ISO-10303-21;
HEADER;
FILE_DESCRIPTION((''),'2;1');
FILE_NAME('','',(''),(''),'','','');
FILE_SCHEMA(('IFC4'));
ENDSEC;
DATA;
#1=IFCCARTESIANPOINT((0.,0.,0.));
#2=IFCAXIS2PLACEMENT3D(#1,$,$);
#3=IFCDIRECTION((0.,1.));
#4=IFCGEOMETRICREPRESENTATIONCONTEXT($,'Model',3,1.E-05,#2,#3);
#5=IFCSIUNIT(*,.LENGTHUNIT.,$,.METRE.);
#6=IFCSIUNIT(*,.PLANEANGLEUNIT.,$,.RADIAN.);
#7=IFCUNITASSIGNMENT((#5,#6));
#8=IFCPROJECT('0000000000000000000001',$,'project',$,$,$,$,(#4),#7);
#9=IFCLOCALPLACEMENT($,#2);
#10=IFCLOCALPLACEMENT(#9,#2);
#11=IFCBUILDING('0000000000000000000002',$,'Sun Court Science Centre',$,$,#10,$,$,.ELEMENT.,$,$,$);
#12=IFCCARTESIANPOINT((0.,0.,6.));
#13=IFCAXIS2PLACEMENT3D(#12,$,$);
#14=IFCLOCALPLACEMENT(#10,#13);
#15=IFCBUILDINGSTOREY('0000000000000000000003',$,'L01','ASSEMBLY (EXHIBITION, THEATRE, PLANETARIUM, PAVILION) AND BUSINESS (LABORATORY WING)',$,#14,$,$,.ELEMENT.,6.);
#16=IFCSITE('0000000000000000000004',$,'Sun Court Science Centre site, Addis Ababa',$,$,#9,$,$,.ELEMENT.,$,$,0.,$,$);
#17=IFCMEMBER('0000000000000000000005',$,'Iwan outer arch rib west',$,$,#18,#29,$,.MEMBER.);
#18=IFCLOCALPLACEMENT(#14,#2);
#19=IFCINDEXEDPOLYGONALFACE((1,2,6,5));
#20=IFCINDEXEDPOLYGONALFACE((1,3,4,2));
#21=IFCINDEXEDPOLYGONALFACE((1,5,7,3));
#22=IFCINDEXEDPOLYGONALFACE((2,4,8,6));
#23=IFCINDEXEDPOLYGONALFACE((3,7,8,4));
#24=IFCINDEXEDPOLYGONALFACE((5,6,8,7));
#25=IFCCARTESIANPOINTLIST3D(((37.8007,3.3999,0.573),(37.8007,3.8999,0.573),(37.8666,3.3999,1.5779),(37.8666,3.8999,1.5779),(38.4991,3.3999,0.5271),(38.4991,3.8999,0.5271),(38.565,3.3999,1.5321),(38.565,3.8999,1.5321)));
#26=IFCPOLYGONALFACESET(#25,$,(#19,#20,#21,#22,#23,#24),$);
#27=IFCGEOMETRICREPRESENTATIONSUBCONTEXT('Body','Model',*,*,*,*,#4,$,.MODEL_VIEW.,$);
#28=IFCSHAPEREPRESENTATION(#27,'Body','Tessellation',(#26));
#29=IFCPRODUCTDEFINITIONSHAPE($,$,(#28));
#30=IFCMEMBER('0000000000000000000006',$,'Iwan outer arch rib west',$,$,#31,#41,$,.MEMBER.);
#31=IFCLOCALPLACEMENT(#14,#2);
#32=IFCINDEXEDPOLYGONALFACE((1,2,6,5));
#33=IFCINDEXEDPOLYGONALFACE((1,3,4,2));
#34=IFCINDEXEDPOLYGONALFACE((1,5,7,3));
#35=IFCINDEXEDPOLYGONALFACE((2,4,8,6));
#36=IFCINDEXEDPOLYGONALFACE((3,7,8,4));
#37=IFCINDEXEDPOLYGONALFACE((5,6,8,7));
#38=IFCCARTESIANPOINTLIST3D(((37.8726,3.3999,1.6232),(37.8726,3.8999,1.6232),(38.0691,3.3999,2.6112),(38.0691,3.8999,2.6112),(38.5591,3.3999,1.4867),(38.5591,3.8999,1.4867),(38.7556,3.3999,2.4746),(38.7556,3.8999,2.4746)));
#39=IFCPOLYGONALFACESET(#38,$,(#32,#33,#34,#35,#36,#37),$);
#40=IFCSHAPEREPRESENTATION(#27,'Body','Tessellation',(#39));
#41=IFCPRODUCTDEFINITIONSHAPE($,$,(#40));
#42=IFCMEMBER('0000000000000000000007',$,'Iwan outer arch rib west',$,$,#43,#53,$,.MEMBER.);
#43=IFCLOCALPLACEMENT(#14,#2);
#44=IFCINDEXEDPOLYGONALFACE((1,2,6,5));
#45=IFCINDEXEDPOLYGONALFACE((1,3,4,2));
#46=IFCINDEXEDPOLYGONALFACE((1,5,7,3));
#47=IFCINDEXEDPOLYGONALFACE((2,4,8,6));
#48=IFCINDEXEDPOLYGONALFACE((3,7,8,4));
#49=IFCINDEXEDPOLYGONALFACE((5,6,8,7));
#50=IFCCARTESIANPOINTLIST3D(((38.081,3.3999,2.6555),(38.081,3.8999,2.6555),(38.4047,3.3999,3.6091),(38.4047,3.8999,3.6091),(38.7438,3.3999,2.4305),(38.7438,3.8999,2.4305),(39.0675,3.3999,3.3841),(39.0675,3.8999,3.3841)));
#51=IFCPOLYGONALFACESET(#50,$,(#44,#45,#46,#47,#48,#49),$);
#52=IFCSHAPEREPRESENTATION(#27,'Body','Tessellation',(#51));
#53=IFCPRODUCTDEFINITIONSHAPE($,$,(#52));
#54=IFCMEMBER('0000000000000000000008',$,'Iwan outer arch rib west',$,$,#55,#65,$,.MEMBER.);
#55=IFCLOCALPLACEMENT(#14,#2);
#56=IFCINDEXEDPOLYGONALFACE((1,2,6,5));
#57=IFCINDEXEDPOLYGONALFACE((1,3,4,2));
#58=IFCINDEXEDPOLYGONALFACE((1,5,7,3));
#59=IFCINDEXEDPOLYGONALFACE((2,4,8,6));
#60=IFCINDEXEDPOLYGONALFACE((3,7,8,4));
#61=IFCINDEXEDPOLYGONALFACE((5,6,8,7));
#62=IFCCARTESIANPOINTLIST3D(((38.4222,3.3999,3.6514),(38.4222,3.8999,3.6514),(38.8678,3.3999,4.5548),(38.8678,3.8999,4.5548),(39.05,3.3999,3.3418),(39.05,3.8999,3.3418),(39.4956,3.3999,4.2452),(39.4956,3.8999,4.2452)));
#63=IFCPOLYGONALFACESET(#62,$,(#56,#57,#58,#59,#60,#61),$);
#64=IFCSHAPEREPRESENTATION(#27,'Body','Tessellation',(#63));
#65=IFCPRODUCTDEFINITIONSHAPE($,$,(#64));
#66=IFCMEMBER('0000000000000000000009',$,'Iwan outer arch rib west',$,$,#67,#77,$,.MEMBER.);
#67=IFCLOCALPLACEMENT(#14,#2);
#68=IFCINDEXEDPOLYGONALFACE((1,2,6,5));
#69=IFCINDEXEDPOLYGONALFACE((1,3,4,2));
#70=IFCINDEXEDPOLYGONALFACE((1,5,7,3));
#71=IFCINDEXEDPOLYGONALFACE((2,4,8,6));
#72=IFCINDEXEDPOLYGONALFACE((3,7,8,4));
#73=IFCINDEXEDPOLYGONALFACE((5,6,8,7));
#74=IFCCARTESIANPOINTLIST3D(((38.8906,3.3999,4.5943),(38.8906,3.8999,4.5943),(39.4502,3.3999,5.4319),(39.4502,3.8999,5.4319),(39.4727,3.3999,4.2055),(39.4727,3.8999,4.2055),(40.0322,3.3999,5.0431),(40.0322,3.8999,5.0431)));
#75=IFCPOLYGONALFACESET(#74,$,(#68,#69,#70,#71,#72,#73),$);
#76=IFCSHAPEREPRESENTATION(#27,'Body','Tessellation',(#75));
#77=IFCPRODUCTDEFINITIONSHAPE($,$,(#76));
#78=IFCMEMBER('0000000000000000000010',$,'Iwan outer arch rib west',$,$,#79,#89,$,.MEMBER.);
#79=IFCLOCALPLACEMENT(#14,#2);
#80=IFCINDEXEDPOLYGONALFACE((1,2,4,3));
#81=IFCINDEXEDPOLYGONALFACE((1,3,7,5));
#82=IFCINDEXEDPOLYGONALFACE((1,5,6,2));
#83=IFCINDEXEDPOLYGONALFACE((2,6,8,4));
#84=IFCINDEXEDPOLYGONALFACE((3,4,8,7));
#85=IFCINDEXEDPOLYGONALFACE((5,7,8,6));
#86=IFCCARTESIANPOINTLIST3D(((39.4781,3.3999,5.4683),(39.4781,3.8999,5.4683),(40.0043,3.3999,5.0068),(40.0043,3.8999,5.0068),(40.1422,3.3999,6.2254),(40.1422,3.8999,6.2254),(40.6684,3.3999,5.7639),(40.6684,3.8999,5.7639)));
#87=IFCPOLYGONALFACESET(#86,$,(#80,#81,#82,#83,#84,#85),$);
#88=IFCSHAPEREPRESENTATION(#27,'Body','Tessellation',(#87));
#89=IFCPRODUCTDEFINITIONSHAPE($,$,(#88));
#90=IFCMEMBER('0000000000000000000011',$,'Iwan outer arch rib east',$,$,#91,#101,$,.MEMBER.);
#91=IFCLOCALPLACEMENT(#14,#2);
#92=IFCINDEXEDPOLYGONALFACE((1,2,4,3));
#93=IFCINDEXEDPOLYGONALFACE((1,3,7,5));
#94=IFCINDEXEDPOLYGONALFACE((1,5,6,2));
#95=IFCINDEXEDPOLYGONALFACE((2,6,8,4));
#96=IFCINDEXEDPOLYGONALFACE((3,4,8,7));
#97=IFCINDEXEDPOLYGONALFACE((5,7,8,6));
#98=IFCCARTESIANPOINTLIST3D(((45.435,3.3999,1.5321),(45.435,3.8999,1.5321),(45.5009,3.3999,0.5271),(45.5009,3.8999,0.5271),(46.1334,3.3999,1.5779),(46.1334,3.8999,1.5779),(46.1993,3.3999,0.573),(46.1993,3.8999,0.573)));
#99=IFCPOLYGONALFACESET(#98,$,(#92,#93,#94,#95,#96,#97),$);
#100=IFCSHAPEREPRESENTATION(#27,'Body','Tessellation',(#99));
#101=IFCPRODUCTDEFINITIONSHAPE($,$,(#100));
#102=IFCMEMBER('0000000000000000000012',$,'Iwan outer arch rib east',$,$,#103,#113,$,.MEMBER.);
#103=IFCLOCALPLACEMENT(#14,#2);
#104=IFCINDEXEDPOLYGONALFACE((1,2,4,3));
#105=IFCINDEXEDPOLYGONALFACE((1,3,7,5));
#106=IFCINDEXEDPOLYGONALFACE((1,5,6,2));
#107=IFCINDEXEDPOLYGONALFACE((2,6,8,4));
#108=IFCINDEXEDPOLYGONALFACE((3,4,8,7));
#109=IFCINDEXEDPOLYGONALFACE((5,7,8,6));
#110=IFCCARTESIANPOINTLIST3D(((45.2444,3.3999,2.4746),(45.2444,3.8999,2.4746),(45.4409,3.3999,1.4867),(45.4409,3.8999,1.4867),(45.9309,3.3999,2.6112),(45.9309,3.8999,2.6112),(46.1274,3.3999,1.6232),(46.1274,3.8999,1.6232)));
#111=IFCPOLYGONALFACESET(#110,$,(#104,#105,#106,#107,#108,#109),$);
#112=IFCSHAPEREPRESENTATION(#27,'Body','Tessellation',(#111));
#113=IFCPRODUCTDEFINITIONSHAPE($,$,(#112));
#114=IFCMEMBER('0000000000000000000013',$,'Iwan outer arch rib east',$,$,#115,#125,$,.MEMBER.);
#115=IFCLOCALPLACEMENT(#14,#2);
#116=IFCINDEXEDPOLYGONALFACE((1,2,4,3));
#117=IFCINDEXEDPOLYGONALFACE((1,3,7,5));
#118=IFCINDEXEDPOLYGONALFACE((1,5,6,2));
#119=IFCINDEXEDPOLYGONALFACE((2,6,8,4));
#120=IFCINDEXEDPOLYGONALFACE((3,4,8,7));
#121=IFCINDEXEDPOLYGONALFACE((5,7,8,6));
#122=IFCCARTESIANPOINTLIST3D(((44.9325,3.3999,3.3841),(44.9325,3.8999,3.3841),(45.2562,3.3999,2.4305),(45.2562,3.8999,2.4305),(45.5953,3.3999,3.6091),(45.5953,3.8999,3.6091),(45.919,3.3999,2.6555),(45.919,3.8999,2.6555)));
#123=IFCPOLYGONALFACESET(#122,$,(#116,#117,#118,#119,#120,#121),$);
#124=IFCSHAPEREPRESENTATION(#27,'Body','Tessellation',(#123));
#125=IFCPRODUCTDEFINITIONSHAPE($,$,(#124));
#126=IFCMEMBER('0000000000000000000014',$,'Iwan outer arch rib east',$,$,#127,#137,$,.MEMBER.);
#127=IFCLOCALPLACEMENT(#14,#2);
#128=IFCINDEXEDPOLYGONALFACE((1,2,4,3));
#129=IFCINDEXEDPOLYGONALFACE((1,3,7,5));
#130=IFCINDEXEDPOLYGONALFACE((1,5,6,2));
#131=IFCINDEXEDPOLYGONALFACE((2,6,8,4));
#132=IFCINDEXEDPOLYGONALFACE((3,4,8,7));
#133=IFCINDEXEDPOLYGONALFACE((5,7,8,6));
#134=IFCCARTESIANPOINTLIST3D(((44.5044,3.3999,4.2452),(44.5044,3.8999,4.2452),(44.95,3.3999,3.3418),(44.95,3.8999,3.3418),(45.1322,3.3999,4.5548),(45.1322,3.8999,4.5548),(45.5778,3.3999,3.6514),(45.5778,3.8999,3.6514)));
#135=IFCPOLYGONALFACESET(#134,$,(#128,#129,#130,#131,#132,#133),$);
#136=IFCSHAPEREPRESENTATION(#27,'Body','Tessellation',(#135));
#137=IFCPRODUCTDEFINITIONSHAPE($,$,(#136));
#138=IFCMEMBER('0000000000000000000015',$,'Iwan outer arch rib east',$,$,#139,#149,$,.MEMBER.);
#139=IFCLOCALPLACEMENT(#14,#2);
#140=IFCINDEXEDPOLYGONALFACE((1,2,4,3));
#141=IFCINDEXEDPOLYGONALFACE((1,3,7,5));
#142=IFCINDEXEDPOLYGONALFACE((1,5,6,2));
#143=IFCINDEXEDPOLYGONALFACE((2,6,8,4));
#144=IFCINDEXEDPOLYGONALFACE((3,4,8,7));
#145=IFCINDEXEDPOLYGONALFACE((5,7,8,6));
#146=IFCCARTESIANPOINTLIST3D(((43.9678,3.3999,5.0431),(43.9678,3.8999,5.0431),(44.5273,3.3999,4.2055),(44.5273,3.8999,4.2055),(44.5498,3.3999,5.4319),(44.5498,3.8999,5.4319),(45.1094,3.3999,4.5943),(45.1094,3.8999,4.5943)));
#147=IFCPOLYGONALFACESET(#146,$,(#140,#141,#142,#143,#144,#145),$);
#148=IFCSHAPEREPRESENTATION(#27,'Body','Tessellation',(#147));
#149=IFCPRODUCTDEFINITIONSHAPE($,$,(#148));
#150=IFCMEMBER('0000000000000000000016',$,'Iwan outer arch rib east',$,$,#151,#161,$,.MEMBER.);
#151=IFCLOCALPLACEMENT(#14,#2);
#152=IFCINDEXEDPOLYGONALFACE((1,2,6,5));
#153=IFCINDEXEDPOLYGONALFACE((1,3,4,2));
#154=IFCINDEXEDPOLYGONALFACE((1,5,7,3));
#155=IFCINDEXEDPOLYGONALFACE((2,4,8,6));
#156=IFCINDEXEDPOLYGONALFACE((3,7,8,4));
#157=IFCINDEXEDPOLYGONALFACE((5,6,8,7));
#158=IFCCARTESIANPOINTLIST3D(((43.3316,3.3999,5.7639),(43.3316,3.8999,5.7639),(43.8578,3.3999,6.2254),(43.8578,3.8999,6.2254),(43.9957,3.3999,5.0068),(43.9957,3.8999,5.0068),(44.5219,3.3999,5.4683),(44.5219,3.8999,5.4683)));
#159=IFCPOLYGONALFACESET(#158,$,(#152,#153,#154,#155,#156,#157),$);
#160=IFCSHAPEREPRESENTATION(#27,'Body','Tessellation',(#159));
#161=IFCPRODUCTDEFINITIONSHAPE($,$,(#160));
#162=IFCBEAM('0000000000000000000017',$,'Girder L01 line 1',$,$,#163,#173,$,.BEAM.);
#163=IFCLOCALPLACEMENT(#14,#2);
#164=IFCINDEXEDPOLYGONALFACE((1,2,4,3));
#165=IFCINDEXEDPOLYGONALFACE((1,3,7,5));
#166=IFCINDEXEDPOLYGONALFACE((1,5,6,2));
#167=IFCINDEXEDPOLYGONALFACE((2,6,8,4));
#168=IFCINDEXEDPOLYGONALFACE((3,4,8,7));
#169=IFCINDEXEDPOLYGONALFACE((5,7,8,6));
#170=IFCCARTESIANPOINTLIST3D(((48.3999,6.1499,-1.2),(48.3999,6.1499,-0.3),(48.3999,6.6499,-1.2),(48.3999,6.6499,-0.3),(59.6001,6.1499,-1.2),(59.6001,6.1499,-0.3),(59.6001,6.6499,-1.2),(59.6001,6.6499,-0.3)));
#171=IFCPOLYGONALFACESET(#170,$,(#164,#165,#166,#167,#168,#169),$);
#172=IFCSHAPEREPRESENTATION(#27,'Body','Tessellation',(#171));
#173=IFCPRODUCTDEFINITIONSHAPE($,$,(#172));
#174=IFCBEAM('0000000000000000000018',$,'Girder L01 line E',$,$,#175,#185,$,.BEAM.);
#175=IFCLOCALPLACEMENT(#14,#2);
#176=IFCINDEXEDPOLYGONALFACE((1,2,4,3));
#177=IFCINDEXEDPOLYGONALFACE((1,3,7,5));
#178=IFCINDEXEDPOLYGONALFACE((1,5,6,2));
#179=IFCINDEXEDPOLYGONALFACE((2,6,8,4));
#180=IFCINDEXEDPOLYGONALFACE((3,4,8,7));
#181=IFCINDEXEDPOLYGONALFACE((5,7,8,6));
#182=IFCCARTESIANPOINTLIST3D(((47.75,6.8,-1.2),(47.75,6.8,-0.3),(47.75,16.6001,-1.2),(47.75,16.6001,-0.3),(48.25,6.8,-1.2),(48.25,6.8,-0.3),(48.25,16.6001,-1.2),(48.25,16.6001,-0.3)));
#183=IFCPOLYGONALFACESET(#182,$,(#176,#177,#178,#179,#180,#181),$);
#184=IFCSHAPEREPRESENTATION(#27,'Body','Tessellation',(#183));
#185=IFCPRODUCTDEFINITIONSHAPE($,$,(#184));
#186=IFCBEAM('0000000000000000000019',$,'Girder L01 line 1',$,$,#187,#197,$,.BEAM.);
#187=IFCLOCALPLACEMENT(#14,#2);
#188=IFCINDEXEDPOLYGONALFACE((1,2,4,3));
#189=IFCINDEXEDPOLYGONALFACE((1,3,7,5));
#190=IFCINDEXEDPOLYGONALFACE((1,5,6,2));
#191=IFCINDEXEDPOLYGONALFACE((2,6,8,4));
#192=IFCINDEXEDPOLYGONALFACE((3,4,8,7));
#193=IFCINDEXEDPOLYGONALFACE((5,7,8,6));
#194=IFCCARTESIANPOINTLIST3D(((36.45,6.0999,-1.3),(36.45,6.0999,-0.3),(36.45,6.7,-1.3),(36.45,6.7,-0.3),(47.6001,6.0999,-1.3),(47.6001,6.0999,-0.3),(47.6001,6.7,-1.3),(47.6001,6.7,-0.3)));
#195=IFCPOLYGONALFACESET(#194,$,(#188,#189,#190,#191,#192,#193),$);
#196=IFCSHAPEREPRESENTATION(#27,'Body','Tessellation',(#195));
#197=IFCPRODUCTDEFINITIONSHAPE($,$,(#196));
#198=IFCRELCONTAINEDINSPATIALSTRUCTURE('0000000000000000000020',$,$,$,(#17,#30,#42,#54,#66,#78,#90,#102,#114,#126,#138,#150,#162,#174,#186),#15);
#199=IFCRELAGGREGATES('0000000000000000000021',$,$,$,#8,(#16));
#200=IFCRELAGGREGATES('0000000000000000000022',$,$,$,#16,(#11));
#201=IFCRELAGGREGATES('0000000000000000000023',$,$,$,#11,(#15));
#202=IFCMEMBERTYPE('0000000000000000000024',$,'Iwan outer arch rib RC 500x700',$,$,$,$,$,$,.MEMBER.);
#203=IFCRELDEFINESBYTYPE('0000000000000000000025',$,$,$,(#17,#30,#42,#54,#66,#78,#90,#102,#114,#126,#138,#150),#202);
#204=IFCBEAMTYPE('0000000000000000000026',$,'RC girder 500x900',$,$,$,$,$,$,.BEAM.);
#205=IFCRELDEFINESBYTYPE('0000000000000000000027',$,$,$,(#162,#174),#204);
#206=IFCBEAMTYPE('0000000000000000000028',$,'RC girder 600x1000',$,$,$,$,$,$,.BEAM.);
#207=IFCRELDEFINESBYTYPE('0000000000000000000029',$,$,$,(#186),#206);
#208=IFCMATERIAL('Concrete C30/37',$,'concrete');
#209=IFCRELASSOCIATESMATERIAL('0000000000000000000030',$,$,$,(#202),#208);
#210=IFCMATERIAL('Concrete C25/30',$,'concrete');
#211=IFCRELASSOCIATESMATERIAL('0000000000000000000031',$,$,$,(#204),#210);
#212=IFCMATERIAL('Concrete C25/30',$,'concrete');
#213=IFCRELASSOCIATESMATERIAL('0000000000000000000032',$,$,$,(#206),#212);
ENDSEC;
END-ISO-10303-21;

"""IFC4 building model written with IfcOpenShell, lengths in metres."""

from ifc_helpers import new_model, si_unit, direction, frame, origin, origin_2d, place, context, subcontext, project, spatial, rectangle, extrude, material, material_profile, profile_set, type_object, element, save


model = new_model("IFC4")

# Units and contexts
model_context = context("Model", 3, precision=1e-05, world=origin(), true_north=direction((0.0, 1.0)))
body_context = subcontext(model_context, "Body", "Model", "MODEL_VIEW")
ifc_project = project(units=[si_unit("LENGTHUNIT", "METRE"), si_unit("PLANEANGLEUNIT", "RADIAN")], contexts=[model_context])

# Site, building, storey
site_placement = place(None, origin())
site = spatial("IfcSite", under=ifc_project, at=site_placement, Name="Sun Court Science Centre site, Addis Ababa", CompositionType="ELEMENT", RefElevation=0.0)
building_placement = place(site_placement, origin())
building = spatial("IfcBuilding", under=site, at=building_placement, Name="Sun Court Science Centre", CompositionType="ELEMENT")
storey_placement = place(building_placement, frame((0.0, 0.0, 6.0)))
storey = spatial("IfcBuildingStorey", under=building, at=storey_placement, Name="L01", Description="ASSEMBLY (EXHIBITION, THEATRE, PLANETARIUM, PAVILION) AND BUSINESS (LABORATORY WING)", CompositionType="ELEMENT", Elevation=6.0)

# Members
ifc_material_1 = material(Name="Concrete C30/37", Category="concrete")
ifc_material_profile_1 = material_profile(ifc_material_1, rectangle(XDim=0.5, YDim=0.7, at=origin_2d()), Name="RC 500x700")
ifc_profile_set_1 = profile_set([ifc_material_profile_1], Name="Concrete C30/37")
member_type_1 = type_object("IfcMemberType", Name="Iwan outer arch rib RC 500x700", PredefinedType="MEMBER", material=ifc_profile_set_1)
member_1_placement = place(storey_placement, frame((38.1499, 3.6499, 0.55), z_axis=(0.065457, 0.0, 0.997855), x_axis=(0.0, 1.0, 0.0)))
element("IfcMember", 1, at=member_1_placement, inside=storey, type_object=member_type_1, Name="Iwan outer arch rib west", PredefinedType="MEMBER", context=body_context, shape_type="SweptSolid", body=[
    extrude(rectangle(XDim=0.5, YDim=0.7, at=origin_2d()), origin(), (0.0, 0.0, 1.0), 1.0071),
])
member_2_placement = place(storey_placement, frame((38.2158, 3.6499, 1.5549), z_axis=(0.195091, 0.0, 0.980785), x_axis=(0.0, 1.0, 0.0)))
element("IfcMember", 2, at=member_2_placement, inside=storey, type_object=member_type_1, Name="Iwan outer arch rib west", PredefinedType="MEMBER", context=body_context, shape_type="SweptSolid", body=[
    extrude(rectangle(XDim=0.5, YDim=0.7, at=origin_2d()), origin(), (0.0, 0.0, 1.0), 1.0073),
])
member_3_placement = place(storey_placement, frame((38.4124, 3.6499, 2.543), z_axis=(0.321459, 0.0, 0.946923), x_axis=(0.0, 1.0, 0.0)))
element("IfcMember", 3, at=member_3_placement, inside=storey, type_object=member_type_1, Name="Iwan outer arch rib west", PredefinedType="MEMBER", context=body_context, shape_type="SweptSolid", body=[
    extrude(rectangle(XDim=0.5, YDim=0.7, at=origin_2d()), origin(), (0.0, 0.0, 1.0), 1.0071),
])
for number, where, z_axis, x_axis, name in (
    (4, (38.7361, 3.6499, 3.4966), (0.442359, 0.0, 0.896838), (0.0, 1.0, 0.0), "Iwan outer arch rib west"),
    (5, (39.1816, 3.6499, 4.3999), (0.555483, 0.0, 0.831528), (0.0, 1.0, 0.0), "Iwan outer arch rib west"),
):
    element("IfcMember", number, at=place(storey_placement, frame(where, z_axis=z_axis, x_axis=x_axis)), inside=storey, type_object=member_type_1, Name=name, PredefinedType="MEMBER", context=body_context, shape_type="SweptSolid", body=[
        extrude(rectangle(XDim=0.5, YDim=0.7, at=origin_2d()), origin(), (0.0, 0.0, 1.0), 1.0073),
    ])
for number, where, z_axis, x_axis, name in (
    (6, (39.7412, 3.6499, 5.2375), (0.659414, 0.0, 0.75178), (0.0, 1.0, 0.0), "Iwan outer arch rib west"),
    (7, (45.8501, 3.6499, 0.55), (-0.065457, 0.0, 0.997855), (0.0, -1.0, 0.0), "Iwan outer arch rib east"),
):
    element("IfcMember", number, at=place(storey_placement, frame(where, z_axis=z_axis, x_axis=x_axis)), inside=storey, type_object=member_type_1, Name=name, PredefinedType="MEMBER", context=body_context, shape_type="SweptSolid", body=[
        extrude(rectangle(XDim=0.5, YDim=0.7, at=origin_2d()), origin(), (0.0, 0.0, 1.0), 1.0071),
    ])
member_4_placement = place(storey_placement, frame((45.7842, 3.6499, 1.5549), z_axis=(-0.195091, 0.0, 0.980785), x_axis=(0.0, -1.0, 0.0)))
element("IfcMember", 8, at=member_4_placement, inside=storey, type_object=member_type_1, Name="Iwan outer arch rib east", PredefinedType="MEMBER", context=body_context, shape_type="SweptSolid", body=[
    extrude(rectangle(XDim=0.5, YDim=0.7, at=origin_2d()), origin(), (0.0, 0.0, 1.0), 1.0073),
])
member_5_placement = place(storey_placement, frame((45.5876, 3.6499, 2.543), z_axis=(-0.321459, 0.0, 0.946923), x_axis=(0.0, -1.0, 0.0)))
element("IfcMember", 9, at=member_5_placement, inside=storey, type_object=member_type_1, Name="Iwan outer arch rib east", PredefinedType="MEMBER", context=body_context, shape_type="SweptSolid", body=[
    extrude(rectangle(XDim=0.5, YDim=0.7, at=origin_2d()), origin(), (0.0, 0.0, 1.0), 1.0071),
])
for number, where, z_axis, x_axis, name in (
    (10, (45.2639, 3.6499, 3.4966), (-0.442359, 0.0, 0.896838), (0.0, -1.0, 0.0), "Iwan outer arch rib east"),
    (11, (44.8184, 3.6499, 4.3999), (-0.555483, 0.0, 0.831528), (0.0, -1.0, 0.0), "Iwan outer arch rib east"),
):
    element("IfcMember", number, at=place(storey_placement, frame(where, z_axis=z_axis, x_axis=x_axis)), inside=storey, type_object=member_type_1, Name=name, PredefinedType="MEMBER", context=body_context, shape_type="SweptSolid", body=[
        extrude(rectangle(XDim=0.5, YDim=0.7, at=origin_2d()), origin(), (0.0, 0.0, 1.0), 1.0073),
    ])
member_6_placement = place(storey_placement, frame((44.2588, 3.6499, 5.2375), z_axis=(-0.659414, 0.0, 0.75178), x_axis=(0.0, -1.0, 0.0)))
element("IfcMember", 12, at=member_6_placement, inside=storey, type_object=member_type_1, Name="Iwan outer arch rib east", PredefinedType="MEMBER", context=body_context, shape_type="SweptSolid", body=[
    extrude(rectangle(XDim=0.5, YDim=0.7, at=origin_2d()), origin(), (0.0, 0.0, 1.0), 1.0071),
])

# Beams
ifc_material_2 = material(Name="Concrete C25/30", Category="concrete")
ifc_material_profile_2 = material_profile(ifc_material_2, rectangle(XDim=0.5, YDim=0.8999, at=origin_2d()), Name="RC 500x900")
ifc_profile_set_2 = profile_set([ifc_material_profile_2], Name="Concrete C25/30")
beam_type_1 = type_object("IfcBeamType", Name="RC girder 500x900", PredefinedType="BEAM", material=ifc_profile_set_2)
beam_1_placement = place(storey_placement, frame((48.3999, 6.3999, -0.75), z_axis=(1.0, 0.0, 0.0), x_axis=(0.0, 1.0, 0.0)))
element("IfcBeam", 13, at=beam_1_placement, inside=storey, type_object=beam_type_1, Name="Girder L01 line 1", PredefinedType="BEAM", context=body_context, shape_type="SweptSolid", body=[
    extrude(rectangle(XDim=0.5, YDim=0.8999, at=origin_2d()), origin(), (0.0, 0.0, 1.0), 11.2002),
])
beam_2_placement = place(storey_placement, frame((48.0, 6.8, -0.75), z_axis=(0.0, 1.0, 0.0), x_axis=(-1.0, 0.0, 0.0)))
element("IfcBeam", 14, at=beam_2_placement, inside=storey, type_object=beam_type_1, Name="Girder L01 line E", PredefinedType="BEAM", context=body_context, shape_type="SweptSolid", body=[
    extrude(rectangle(XDim=0.5, YDim=0.8999, at=origin_2d()), origin(), (0.0, 0.0, 1.0), 9.8),
])
ifc_material_3 = material(Name="Concrete C25/30", Category="concrete")
ifc_material_profile_3 = material_profile(ifc_material_3, rectangle(XDim=0.6001, YDim=1.0, at=origin_2d()), Name="RC 600x1000")
ifc_profile_set_3 = profile_set([ifc_material_profile_3], Name="Concrete C25/30")
beam_type_2 = type_object("IfcBeamType", Name="RC girder 600x1000", PredefinedType="BEAM", material=ifc_profile_set_3)
beam_3_placement = place(storey_placement, frame((36.45, 6.3999, -0.8), z_axis=(1.0, 0.0, 0.0), x_axis=(0.0, 1.0, 0.0)))
element("IfcBeam", 15, at=beam_3_placement, inside=storey, type_object=beam_type_2, Name="Girder L01 line 1", PredefinedType="BEAM", context=body_context, shape_type="SweptSolid", body=[
    extrude(rectangle(XDim=0.6001, YDim=1.0, at=origin_2d()), origin(), (0.0, 0.0, 1.0), 11.1501),
])

save(model, "model.ifc")
